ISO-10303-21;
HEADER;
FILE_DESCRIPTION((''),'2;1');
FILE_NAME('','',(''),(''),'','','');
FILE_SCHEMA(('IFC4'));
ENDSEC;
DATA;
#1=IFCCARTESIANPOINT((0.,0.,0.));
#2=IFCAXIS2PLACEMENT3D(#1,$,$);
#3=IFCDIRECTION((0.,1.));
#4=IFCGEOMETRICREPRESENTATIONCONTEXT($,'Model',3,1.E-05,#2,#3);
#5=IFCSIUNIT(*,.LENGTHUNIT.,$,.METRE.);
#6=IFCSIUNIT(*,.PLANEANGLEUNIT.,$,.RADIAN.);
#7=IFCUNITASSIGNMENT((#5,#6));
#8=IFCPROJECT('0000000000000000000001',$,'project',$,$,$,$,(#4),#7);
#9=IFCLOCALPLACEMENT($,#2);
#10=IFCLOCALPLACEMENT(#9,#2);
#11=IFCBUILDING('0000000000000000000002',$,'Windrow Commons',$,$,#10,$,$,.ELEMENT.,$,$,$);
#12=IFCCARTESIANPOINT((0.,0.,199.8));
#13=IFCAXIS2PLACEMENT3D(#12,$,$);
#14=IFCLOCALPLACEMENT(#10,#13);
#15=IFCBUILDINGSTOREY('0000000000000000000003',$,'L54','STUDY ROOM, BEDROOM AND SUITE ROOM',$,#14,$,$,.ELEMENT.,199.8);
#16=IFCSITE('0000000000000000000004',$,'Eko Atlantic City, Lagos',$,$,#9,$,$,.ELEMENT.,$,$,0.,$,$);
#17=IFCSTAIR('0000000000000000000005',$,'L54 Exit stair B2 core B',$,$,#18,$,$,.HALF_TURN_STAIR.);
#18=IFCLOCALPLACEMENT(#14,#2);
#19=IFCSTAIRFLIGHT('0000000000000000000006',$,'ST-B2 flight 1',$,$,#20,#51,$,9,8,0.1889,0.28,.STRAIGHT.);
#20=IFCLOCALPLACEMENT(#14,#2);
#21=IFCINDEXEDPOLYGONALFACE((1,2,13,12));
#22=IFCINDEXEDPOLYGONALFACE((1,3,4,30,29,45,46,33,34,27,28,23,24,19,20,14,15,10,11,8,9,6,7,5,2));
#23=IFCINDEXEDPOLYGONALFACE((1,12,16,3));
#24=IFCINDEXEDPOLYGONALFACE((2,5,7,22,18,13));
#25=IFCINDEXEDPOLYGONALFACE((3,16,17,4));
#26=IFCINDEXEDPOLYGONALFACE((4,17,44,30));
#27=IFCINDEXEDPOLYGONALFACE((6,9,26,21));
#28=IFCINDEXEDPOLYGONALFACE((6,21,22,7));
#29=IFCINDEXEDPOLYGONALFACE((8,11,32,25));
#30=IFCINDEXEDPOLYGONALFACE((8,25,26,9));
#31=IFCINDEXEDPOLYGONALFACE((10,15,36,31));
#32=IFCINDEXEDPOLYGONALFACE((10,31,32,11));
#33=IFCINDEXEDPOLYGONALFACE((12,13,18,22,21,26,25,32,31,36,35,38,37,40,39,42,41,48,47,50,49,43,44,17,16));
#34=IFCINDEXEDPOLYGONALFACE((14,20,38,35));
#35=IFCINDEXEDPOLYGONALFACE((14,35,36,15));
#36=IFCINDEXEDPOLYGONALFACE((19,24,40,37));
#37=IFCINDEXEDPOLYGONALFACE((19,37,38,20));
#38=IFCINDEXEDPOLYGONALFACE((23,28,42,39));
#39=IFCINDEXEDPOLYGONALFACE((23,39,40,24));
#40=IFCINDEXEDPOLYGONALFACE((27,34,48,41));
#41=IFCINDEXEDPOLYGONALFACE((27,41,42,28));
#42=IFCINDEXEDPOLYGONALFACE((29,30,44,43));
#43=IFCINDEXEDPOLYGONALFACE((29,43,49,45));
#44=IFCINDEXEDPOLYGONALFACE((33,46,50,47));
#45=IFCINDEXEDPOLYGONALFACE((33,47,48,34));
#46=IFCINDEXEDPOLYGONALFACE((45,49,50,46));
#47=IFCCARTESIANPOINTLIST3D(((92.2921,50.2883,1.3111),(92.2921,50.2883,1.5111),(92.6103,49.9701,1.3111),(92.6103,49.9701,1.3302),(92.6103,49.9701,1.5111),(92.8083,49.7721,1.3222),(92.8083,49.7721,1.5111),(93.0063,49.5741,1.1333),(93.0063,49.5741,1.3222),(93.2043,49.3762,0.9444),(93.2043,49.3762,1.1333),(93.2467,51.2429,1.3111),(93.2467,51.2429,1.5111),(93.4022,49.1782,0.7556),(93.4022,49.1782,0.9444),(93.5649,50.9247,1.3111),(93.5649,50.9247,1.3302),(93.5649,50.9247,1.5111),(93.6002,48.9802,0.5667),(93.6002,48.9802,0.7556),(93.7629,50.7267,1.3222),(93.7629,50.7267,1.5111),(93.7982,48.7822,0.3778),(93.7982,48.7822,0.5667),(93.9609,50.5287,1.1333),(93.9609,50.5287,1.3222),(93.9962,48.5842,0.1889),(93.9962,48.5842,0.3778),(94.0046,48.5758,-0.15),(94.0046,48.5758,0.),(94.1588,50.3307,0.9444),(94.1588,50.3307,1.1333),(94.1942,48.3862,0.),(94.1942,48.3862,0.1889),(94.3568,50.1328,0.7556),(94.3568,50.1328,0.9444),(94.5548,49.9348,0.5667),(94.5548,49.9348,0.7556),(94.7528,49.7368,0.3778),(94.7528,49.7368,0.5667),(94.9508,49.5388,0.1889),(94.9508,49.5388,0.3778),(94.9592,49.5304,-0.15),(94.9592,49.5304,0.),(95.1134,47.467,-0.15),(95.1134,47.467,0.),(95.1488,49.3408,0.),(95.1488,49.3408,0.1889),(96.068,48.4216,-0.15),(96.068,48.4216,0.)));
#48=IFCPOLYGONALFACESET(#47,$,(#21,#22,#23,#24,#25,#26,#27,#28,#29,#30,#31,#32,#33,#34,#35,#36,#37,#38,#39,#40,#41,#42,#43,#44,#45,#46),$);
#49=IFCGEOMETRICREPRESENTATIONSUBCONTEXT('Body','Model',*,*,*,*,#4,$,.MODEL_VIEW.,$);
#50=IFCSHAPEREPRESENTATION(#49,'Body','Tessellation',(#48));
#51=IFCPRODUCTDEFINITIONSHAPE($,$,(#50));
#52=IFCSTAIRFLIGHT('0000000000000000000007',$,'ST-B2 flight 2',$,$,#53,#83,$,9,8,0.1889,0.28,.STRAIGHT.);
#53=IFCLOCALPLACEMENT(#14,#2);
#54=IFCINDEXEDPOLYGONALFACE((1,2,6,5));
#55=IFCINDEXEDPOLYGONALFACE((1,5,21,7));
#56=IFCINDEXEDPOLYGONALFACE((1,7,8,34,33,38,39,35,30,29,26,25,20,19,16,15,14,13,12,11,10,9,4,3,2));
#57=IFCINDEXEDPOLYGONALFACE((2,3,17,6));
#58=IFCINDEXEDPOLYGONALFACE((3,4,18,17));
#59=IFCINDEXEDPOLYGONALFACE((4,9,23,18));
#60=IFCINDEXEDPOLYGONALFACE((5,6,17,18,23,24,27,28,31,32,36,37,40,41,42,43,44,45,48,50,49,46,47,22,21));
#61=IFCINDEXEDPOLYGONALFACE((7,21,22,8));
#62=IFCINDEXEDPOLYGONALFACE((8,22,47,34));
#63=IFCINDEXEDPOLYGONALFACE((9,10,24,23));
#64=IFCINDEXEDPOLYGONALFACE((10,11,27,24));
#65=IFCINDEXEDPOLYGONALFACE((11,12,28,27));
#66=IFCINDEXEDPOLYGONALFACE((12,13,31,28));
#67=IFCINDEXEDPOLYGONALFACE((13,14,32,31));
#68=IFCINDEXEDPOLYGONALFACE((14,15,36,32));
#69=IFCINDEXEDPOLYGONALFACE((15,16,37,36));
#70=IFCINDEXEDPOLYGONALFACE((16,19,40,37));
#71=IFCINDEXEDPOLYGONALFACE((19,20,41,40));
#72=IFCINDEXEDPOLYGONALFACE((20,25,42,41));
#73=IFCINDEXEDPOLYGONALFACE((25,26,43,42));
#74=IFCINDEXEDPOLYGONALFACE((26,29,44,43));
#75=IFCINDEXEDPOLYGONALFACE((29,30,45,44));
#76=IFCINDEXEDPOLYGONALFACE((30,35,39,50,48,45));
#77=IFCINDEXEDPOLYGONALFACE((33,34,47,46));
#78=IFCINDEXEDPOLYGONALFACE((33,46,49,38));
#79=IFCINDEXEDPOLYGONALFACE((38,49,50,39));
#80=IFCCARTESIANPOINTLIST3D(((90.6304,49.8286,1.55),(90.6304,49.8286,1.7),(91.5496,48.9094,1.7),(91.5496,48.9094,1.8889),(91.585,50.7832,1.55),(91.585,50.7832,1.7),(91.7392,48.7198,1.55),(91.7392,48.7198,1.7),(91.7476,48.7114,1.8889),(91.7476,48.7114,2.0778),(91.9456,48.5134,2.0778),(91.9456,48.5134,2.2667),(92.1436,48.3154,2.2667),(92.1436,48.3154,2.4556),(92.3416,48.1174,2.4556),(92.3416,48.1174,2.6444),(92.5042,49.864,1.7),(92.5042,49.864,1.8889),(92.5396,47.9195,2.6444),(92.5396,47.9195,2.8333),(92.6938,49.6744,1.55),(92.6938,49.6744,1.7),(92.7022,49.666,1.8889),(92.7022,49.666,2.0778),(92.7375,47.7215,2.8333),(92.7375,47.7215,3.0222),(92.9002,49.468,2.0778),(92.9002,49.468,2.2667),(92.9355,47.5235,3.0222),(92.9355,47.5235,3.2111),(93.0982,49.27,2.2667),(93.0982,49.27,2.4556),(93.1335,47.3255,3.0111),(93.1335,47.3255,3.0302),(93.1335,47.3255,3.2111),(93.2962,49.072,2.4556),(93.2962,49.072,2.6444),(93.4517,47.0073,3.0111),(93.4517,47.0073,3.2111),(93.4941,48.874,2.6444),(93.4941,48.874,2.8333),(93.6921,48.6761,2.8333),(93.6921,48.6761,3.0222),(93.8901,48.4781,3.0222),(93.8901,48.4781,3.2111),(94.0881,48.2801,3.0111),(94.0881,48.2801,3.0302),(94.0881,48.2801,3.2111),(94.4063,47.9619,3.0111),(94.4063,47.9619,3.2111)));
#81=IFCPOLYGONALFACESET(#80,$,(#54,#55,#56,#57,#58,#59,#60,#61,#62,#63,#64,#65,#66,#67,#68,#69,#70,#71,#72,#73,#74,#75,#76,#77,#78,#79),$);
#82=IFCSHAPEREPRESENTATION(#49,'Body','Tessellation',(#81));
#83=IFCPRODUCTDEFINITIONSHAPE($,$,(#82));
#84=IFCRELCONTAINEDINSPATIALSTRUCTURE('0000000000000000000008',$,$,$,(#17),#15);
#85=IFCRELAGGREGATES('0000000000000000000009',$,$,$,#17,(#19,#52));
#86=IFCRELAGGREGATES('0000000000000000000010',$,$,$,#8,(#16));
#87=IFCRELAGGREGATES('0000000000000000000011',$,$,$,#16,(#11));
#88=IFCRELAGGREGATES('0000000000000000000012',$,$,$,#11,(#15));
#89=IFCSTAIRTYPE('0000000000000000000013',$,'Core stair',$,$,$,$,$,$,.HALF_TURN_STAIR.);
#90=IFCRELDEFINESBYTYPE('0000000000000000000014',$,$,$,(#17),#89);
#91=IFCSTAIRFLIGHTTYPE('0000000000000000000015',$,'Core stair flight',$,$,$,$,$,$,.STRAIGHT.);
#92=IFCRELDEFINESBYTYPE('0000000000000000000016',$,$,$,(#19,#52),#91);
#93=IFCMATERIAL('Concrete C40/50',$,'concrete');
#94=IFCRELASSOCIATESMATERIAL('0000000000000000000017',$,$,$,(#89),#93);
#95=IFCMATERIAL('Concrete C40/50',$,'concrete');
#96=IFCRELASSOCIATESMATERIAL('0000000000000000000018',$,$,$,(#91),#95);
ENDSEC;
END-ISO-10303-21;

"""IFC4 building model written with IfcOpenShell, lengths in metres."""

from ifc_helpers import new_model, si_unit, direction, frame, origin, place, context, subcontext, project, spatial, polyline, outline, extrude, material, type_object, element, aggregate, save


model = new_model("IFC4")

# Units and contexts
model_context = context("Model", 3, precision=1e-05, world=origin(), true_north=direction((0.0, 1.0)))
body_context = subcontext(model_context, "Body", "Model", "MODEL_VIEW")
ifc_project = project(units=[si_unit("LENGTHUNIT", "METRE"), si_unit("PLANEANGLEUNIT", "RADIAN")], contexts=[model_context])

# Site, building, storey
site_placement = place(None, origin())
site = spatial("IfcSite", under=ifc_project, at=site_placement, Name="Eko Atlantic City, Lagos", CompositionType="ELEMENT", RefElevation=0.0)
building_placement = place(site_placement, origin())
building = spatial("IfcBuilding", under=site, at=building_placement, Name="Windrow Commons", CompositionType="ELEMENT")
storey_placement = place(building_placement, frame((0.0, 0.0, 199.8)))
storey = spatial("IfcBuildingStorey", under=building, at=storey_placement, Name="L54", Description="STUDY ROOM, BEDROOM AND SUITE ROOM", CompositionType="ELEMENT", Elevation=199.8)

# Stair, stair flights
ifc_material_1 = material(Name="Concrete C40/50", Category="concrete")
stair_type = type_object("IfcStairType", Name="Core stair", PredefinedType="HALF_TURN_STAIR", material=ifc_material_1)
stair_placement = place(storey_placement, origin())
stair = element("IfcStair", 1, at=stair_placement, inside=storey, type_object=stair_type, Name="L54 Exit stair B2 core B", PredefinedType="HALF_TURN_STAIR")
ifc_material_2 = material(Name="Concrete C40/50", Category="concrete")
stair_flight_type = type_object("IfcStairFlightType", Name="Core stair flight", PredefinedType="STRAIGHT", material=ifc_material_2)
stair_flight_1_placement = place(storey_placement, frame((94.6715, 48.8635, 0.0), z_axis=(0.0, 0.0, 1.0), x_axis=(-0.707107, 0.707107, 0.0)))
stair_flight_1 = element("IfcStairFlight", 2, at=stair_flight_1_placement, type_object=stair_flight_type, Name="ST-B2 flight 1", NumberOfRisers=9, NumberOfTreads=8, PredefinedType="STRAIGHT", RiserHeight=0.1889, TreadLength=0.28, context=body_context, shape_type="SweptSolid", body=[
    extrude(outline(polyline([(-1.3, -0.15), (-1.3, 0.0), (0.0, 0.0), (0.0, 0.1889), (0.28, 0.1889), (0.28, 0.3778), (0.56, 0.3778), (0.56, 0.5667), (0.84, 0.5667), (0.84, 0.7556), (1.12, 0.7556), (1.12, 0.9444), (1.4, 0.9444), (1.4, 1.1333), (1.68, 1.1333), (1.68, 1.3222), (1.96, 1.3222), (1.96, 1.5111), (2.24, 1.5111), (2.69, 1.5111), (2.69, 1.3111), (2.24, 1.3111), (2.24, 1.3302), (0.2682, 0.0), (0.2682, -0.15), (-1.3, -0.15)])), frame((0.0, 0.675, 0.0), z_axis=(0.0, -1.0, 0.0), x_axis=(1.0, 0.0, 0.0)), (0.0, 0.0, 1.0), 1.35),
])
stair_flight_2_placement = place(storey_placement, frame((92.0269, 49.3867, 1.7), z_axis=(0.0, 0.0, 1.0), x_axis=(0.707107, -0.707107, 0.0)))
stair_flight_2 = element("IfcStairFlight", 3, at=stair_flight_2_placement, type_object=stair_flight_type, Name="ST-B2 flight 2", NumberOfRisers=9, NumberOfTreads=8, PredefinedType="STRAIGHT", RiserHeight=0.1889, TreadLength=0.28, context=body_context, shape_type="SweptSolid", body=[
    extrude(outline(polyline([(-1.3, -0.15), (-1.3, 0.0), (0.0, 0.0), (0.0, 0.1889), (0.28, 0.1889), (0.28, 0.3778), (0.56, 0.3778), (0.56, 0.5667), (0.84, 0.5667), (0.84, 0.7556), (1.12, 0.7556), (1.12, 0.9444), (1.4, 0.9444), (1.4, 1.1333), (1.68, 1.1333), (1.68, 1.3222), (1.96, 1.3222), (1.96, 1.5111), (2.24, 1.5111), (2.69, 1.5111), (2.69, 1.3111), (2.24, 1.3111), (2.24, 1.3302), (0.2682, 0.0), (0.2682, -0.15), (-1.3, -0.15)])), frame((0.0, 0.675, 0.0), z_axis=(0.0, -1.0, 0.0), x_axis=(1.0, 0.0, 0.0)), (0.0, 0.0, 1.0), 1.35),
])
aggregate(stair, [stair_flight_1, stair_flight_2])

save(model, "model.ifc")
